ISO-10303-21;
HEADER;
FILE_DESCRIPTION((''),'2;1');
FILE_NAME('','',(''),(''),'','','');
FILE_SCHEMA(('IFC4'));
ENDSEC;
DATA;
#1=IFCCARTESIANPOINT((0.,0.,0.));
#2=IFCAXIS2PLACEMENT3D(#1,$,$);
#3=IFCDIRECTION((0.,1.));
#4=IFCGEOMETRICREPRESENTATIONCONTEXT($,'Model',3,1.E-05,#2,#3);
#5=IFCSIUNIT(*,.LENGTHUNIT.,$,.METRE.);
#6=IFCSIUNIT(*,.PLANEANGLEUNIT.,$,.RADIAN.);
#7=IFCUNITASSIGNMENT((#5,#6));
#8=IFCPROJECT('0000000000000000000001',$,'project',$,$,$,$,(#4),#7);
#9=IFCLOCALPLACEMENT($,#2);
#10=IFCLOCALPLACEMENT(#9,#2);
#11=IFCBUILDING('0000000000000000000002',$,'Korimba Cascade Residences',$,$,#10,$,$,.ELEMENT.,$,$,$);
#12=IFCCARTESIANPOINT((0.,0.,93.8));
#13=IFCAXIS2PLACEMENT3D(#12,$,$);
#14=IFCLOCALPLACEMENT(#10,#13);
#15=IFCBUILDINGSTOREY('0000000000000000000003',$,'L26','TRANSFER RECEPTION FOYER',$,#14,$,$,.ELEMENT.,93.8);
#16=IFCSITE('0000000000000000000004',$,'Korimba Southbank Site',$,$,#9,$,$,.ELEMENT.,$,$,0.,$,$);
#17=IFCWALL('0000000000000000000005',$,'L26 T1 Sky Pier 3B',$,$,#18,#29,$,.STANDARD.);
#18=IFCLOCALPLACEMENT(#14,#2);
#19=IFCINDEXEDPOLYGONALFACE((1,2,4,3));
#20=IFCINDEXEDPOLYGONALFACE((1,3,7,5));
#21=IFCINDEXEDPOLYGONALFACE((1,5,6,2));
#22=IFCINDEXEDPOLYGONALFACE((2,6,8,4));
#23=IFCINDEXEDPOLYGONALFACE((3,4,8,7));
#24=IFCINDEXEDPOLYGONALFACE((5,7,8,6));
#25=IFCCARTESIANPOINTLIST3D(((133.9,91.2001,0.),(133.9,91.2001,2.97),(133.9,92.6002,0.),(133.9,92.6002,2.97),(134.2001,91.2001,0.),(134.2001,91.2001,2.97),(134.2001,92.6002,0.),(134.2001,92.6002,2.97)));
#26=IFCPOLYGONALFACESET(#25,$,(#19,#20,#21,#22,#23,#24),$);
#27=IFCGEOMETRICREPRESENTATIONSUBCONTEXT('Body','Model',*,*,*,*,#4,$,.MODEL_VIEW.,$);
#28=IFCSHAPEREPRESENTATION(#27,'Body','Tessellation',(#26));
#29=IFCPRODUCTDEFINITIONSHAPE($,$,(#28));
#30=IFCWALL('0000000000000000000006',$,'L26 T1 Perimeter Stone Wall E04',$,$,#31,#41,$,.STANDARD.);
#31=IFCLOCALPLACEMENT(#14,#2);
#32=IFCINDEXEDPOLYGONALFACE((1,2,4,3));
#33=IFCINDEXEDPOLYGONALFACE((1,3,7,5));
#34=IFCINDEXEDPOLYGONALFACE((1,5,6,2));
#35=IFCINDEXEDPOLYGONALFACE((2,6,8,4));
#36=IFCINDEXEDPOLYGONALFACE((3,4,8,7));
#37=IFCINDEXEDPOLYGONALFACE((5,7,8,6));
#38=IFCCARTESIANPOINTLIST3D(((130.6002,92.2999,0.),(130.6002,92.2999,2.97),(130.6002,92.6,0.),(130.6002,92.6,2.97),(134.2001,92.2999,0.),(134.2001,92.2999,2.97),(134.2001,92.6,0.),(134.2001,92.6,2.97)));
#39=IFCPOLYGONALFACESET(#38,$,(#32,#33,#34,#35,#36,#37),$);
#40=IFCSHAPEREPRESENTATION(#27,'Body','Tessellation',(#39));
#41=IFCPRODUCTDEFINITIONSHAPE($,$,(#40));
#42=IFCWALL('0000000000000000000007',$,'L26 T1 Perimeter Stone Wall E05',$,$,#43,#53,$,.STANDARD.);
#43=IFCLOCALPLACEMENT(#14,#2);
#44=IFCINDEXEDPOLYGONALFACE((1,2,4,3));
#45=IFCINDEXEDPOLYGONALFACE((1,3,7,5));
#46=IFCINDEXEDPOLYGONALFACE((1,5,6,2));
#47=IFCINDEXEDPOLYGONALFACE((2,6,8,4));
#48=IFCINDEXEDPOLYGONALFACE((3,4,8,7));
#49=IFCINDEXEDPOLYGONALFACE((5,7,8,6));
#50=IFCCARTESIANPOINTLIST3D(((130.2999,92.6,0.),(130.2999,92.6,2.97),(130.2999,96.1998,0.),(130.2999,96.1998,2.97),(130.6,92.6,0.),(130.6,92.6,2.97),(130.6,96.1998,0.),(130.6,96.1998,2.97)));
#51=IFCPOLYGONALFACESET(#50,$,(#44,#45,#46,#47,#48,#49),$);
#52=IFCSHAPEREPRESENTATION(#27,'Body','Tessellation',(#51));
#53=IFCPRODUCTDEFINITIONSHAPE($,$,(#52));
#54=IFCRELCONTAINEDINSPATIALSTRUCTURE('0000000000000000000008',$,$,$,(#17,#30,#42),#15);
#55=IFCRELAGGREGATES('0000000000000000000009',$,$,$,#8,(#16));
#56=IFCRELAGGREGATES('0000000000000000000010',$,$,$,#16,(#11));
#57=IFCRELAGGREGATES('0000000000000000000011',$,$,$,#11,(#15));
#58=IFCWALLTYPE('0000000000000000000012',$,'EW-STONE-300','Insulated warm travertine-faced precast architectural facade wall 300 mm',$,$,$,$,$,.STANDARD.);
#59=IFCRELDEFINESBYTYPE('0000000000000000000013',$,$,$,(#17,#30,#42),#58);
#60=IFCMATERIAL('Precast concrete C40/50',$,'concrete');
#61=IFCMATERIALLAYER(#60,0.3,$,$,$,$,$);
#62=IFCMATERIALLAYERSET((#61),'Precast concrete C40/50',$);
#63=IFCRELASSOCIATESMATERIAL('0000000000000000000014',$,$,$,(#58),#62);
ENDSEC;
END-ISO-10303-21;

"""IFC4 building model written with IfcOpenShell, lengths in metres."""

from ifc_helpers import new_model, si_unit, direction, frame, frame_2d, origin, place, context, subcontext, project, spatial, rectangle, extrude, material, layer, layer_set, type_object, element, save


model = new_model("IFC4")

# Units and contexts
model_context = context("Model", 3, precision=1e-05, world=origin(), true_north=direction((0.0, 1.0)))
body_context = subcontext(model_context, "Body", "Model", "MODEL_VIEW")
ifc_project = project(units=[si_unit("LENGTHUNIT", "METRE"), si_unit("PLANEANGLEUNIT", "RADIAN")], contexts=[model_context])

# Site, building, storey
site_placement = place(None, origin())
site = spatial("IfcSite", under=ifc_project, at=site_placement, Name="Korimba Southbank Site", CompositionType="ELEMENT", RefElevation=0.0)
building_placement = place(site_placement, origin())
building = spatial("IfcBuilding", under=site, at=building_placement, Name="Korimba Cascade Residences", CompositionType="ELEMENT")
storey_placement = place(building_placement, frame((0.0, 0.0, 93.8)))
storey = spatial("IfcBuildingStorey", under=building, at=storey_placement, Name="L26", Description="TRANSFER RECEPTION FOYER", CompositionType="ELEMENT", Elevation=93.8)

# Shared definitions
ifc_material_1 = material(Name="Precast concrete C40/50", Category="concrete")

# Walls
ifc_layer_1 = layer(ifc_material_1, 0.3)
ifc_layer_set_1 = layer_set([ifc_layer_1], Name="Precast concrete C40/50")
wall_type_1 = type_object("IfcWallType", Name="EW-STONE-300", Description="Insulated warm travertine-faced precast architectural facade wall 300 mm", PredefinedType="STANDARD", material=ifc_layer_set_1)
wall_1_placement = place(storey_placement, frame((134.05, 91.2, 0.0), z_axis=(0.0, 0.0, 1.0), x_axis=(0.0, 1.0, 0.0)))
element("IfcWall", 1, at=wall_1_placement, inside=storey, type_object=wall_type_1, Name="L26 T1 Sky Pier 3B", PredefinedType="STANDARD", context=body_context, shape_type="SweptSolid", body=[
    extrude(rectangle(XDim=1.4001, YDim=0.3, at=frame_2d((0.7002, 0.0))), origin(), (0.0, 0.0, 1.0), 2.97),
])
for number, where, z_axis, x_axis, name in (
    (2, (134.2, 92.45, 0.0), (0.0, 0.0, 1.0), (-1.0, 0.0, 0.0), "L26 T1 Perimeter Stone Wall E04"),
    (3, (130.45, 92.6001, 0.0), (0.0, 0.0, 1.0), (0.0, 1.0, 0.0), "L26 T1 Perimeter Stone Wall E05"),
):
    element("IfcWall", number, at=place(storey_placement, frame(where, z_axis=z_axis, x_axis=x_axis)), inside=storey, type_object=wall_type_1, Name=name, PredefinedType="STANDARD", context=body_context, shape_type="SweptSolid", body=[
        extrude(rectangle(XDim=3.5999, YDim=0.3, at=frame_2d((1.7998, 0.0))), origin(), (0.0, 0.0, 1.0), 2.97),
    ])

save(model, "model.ifc")
